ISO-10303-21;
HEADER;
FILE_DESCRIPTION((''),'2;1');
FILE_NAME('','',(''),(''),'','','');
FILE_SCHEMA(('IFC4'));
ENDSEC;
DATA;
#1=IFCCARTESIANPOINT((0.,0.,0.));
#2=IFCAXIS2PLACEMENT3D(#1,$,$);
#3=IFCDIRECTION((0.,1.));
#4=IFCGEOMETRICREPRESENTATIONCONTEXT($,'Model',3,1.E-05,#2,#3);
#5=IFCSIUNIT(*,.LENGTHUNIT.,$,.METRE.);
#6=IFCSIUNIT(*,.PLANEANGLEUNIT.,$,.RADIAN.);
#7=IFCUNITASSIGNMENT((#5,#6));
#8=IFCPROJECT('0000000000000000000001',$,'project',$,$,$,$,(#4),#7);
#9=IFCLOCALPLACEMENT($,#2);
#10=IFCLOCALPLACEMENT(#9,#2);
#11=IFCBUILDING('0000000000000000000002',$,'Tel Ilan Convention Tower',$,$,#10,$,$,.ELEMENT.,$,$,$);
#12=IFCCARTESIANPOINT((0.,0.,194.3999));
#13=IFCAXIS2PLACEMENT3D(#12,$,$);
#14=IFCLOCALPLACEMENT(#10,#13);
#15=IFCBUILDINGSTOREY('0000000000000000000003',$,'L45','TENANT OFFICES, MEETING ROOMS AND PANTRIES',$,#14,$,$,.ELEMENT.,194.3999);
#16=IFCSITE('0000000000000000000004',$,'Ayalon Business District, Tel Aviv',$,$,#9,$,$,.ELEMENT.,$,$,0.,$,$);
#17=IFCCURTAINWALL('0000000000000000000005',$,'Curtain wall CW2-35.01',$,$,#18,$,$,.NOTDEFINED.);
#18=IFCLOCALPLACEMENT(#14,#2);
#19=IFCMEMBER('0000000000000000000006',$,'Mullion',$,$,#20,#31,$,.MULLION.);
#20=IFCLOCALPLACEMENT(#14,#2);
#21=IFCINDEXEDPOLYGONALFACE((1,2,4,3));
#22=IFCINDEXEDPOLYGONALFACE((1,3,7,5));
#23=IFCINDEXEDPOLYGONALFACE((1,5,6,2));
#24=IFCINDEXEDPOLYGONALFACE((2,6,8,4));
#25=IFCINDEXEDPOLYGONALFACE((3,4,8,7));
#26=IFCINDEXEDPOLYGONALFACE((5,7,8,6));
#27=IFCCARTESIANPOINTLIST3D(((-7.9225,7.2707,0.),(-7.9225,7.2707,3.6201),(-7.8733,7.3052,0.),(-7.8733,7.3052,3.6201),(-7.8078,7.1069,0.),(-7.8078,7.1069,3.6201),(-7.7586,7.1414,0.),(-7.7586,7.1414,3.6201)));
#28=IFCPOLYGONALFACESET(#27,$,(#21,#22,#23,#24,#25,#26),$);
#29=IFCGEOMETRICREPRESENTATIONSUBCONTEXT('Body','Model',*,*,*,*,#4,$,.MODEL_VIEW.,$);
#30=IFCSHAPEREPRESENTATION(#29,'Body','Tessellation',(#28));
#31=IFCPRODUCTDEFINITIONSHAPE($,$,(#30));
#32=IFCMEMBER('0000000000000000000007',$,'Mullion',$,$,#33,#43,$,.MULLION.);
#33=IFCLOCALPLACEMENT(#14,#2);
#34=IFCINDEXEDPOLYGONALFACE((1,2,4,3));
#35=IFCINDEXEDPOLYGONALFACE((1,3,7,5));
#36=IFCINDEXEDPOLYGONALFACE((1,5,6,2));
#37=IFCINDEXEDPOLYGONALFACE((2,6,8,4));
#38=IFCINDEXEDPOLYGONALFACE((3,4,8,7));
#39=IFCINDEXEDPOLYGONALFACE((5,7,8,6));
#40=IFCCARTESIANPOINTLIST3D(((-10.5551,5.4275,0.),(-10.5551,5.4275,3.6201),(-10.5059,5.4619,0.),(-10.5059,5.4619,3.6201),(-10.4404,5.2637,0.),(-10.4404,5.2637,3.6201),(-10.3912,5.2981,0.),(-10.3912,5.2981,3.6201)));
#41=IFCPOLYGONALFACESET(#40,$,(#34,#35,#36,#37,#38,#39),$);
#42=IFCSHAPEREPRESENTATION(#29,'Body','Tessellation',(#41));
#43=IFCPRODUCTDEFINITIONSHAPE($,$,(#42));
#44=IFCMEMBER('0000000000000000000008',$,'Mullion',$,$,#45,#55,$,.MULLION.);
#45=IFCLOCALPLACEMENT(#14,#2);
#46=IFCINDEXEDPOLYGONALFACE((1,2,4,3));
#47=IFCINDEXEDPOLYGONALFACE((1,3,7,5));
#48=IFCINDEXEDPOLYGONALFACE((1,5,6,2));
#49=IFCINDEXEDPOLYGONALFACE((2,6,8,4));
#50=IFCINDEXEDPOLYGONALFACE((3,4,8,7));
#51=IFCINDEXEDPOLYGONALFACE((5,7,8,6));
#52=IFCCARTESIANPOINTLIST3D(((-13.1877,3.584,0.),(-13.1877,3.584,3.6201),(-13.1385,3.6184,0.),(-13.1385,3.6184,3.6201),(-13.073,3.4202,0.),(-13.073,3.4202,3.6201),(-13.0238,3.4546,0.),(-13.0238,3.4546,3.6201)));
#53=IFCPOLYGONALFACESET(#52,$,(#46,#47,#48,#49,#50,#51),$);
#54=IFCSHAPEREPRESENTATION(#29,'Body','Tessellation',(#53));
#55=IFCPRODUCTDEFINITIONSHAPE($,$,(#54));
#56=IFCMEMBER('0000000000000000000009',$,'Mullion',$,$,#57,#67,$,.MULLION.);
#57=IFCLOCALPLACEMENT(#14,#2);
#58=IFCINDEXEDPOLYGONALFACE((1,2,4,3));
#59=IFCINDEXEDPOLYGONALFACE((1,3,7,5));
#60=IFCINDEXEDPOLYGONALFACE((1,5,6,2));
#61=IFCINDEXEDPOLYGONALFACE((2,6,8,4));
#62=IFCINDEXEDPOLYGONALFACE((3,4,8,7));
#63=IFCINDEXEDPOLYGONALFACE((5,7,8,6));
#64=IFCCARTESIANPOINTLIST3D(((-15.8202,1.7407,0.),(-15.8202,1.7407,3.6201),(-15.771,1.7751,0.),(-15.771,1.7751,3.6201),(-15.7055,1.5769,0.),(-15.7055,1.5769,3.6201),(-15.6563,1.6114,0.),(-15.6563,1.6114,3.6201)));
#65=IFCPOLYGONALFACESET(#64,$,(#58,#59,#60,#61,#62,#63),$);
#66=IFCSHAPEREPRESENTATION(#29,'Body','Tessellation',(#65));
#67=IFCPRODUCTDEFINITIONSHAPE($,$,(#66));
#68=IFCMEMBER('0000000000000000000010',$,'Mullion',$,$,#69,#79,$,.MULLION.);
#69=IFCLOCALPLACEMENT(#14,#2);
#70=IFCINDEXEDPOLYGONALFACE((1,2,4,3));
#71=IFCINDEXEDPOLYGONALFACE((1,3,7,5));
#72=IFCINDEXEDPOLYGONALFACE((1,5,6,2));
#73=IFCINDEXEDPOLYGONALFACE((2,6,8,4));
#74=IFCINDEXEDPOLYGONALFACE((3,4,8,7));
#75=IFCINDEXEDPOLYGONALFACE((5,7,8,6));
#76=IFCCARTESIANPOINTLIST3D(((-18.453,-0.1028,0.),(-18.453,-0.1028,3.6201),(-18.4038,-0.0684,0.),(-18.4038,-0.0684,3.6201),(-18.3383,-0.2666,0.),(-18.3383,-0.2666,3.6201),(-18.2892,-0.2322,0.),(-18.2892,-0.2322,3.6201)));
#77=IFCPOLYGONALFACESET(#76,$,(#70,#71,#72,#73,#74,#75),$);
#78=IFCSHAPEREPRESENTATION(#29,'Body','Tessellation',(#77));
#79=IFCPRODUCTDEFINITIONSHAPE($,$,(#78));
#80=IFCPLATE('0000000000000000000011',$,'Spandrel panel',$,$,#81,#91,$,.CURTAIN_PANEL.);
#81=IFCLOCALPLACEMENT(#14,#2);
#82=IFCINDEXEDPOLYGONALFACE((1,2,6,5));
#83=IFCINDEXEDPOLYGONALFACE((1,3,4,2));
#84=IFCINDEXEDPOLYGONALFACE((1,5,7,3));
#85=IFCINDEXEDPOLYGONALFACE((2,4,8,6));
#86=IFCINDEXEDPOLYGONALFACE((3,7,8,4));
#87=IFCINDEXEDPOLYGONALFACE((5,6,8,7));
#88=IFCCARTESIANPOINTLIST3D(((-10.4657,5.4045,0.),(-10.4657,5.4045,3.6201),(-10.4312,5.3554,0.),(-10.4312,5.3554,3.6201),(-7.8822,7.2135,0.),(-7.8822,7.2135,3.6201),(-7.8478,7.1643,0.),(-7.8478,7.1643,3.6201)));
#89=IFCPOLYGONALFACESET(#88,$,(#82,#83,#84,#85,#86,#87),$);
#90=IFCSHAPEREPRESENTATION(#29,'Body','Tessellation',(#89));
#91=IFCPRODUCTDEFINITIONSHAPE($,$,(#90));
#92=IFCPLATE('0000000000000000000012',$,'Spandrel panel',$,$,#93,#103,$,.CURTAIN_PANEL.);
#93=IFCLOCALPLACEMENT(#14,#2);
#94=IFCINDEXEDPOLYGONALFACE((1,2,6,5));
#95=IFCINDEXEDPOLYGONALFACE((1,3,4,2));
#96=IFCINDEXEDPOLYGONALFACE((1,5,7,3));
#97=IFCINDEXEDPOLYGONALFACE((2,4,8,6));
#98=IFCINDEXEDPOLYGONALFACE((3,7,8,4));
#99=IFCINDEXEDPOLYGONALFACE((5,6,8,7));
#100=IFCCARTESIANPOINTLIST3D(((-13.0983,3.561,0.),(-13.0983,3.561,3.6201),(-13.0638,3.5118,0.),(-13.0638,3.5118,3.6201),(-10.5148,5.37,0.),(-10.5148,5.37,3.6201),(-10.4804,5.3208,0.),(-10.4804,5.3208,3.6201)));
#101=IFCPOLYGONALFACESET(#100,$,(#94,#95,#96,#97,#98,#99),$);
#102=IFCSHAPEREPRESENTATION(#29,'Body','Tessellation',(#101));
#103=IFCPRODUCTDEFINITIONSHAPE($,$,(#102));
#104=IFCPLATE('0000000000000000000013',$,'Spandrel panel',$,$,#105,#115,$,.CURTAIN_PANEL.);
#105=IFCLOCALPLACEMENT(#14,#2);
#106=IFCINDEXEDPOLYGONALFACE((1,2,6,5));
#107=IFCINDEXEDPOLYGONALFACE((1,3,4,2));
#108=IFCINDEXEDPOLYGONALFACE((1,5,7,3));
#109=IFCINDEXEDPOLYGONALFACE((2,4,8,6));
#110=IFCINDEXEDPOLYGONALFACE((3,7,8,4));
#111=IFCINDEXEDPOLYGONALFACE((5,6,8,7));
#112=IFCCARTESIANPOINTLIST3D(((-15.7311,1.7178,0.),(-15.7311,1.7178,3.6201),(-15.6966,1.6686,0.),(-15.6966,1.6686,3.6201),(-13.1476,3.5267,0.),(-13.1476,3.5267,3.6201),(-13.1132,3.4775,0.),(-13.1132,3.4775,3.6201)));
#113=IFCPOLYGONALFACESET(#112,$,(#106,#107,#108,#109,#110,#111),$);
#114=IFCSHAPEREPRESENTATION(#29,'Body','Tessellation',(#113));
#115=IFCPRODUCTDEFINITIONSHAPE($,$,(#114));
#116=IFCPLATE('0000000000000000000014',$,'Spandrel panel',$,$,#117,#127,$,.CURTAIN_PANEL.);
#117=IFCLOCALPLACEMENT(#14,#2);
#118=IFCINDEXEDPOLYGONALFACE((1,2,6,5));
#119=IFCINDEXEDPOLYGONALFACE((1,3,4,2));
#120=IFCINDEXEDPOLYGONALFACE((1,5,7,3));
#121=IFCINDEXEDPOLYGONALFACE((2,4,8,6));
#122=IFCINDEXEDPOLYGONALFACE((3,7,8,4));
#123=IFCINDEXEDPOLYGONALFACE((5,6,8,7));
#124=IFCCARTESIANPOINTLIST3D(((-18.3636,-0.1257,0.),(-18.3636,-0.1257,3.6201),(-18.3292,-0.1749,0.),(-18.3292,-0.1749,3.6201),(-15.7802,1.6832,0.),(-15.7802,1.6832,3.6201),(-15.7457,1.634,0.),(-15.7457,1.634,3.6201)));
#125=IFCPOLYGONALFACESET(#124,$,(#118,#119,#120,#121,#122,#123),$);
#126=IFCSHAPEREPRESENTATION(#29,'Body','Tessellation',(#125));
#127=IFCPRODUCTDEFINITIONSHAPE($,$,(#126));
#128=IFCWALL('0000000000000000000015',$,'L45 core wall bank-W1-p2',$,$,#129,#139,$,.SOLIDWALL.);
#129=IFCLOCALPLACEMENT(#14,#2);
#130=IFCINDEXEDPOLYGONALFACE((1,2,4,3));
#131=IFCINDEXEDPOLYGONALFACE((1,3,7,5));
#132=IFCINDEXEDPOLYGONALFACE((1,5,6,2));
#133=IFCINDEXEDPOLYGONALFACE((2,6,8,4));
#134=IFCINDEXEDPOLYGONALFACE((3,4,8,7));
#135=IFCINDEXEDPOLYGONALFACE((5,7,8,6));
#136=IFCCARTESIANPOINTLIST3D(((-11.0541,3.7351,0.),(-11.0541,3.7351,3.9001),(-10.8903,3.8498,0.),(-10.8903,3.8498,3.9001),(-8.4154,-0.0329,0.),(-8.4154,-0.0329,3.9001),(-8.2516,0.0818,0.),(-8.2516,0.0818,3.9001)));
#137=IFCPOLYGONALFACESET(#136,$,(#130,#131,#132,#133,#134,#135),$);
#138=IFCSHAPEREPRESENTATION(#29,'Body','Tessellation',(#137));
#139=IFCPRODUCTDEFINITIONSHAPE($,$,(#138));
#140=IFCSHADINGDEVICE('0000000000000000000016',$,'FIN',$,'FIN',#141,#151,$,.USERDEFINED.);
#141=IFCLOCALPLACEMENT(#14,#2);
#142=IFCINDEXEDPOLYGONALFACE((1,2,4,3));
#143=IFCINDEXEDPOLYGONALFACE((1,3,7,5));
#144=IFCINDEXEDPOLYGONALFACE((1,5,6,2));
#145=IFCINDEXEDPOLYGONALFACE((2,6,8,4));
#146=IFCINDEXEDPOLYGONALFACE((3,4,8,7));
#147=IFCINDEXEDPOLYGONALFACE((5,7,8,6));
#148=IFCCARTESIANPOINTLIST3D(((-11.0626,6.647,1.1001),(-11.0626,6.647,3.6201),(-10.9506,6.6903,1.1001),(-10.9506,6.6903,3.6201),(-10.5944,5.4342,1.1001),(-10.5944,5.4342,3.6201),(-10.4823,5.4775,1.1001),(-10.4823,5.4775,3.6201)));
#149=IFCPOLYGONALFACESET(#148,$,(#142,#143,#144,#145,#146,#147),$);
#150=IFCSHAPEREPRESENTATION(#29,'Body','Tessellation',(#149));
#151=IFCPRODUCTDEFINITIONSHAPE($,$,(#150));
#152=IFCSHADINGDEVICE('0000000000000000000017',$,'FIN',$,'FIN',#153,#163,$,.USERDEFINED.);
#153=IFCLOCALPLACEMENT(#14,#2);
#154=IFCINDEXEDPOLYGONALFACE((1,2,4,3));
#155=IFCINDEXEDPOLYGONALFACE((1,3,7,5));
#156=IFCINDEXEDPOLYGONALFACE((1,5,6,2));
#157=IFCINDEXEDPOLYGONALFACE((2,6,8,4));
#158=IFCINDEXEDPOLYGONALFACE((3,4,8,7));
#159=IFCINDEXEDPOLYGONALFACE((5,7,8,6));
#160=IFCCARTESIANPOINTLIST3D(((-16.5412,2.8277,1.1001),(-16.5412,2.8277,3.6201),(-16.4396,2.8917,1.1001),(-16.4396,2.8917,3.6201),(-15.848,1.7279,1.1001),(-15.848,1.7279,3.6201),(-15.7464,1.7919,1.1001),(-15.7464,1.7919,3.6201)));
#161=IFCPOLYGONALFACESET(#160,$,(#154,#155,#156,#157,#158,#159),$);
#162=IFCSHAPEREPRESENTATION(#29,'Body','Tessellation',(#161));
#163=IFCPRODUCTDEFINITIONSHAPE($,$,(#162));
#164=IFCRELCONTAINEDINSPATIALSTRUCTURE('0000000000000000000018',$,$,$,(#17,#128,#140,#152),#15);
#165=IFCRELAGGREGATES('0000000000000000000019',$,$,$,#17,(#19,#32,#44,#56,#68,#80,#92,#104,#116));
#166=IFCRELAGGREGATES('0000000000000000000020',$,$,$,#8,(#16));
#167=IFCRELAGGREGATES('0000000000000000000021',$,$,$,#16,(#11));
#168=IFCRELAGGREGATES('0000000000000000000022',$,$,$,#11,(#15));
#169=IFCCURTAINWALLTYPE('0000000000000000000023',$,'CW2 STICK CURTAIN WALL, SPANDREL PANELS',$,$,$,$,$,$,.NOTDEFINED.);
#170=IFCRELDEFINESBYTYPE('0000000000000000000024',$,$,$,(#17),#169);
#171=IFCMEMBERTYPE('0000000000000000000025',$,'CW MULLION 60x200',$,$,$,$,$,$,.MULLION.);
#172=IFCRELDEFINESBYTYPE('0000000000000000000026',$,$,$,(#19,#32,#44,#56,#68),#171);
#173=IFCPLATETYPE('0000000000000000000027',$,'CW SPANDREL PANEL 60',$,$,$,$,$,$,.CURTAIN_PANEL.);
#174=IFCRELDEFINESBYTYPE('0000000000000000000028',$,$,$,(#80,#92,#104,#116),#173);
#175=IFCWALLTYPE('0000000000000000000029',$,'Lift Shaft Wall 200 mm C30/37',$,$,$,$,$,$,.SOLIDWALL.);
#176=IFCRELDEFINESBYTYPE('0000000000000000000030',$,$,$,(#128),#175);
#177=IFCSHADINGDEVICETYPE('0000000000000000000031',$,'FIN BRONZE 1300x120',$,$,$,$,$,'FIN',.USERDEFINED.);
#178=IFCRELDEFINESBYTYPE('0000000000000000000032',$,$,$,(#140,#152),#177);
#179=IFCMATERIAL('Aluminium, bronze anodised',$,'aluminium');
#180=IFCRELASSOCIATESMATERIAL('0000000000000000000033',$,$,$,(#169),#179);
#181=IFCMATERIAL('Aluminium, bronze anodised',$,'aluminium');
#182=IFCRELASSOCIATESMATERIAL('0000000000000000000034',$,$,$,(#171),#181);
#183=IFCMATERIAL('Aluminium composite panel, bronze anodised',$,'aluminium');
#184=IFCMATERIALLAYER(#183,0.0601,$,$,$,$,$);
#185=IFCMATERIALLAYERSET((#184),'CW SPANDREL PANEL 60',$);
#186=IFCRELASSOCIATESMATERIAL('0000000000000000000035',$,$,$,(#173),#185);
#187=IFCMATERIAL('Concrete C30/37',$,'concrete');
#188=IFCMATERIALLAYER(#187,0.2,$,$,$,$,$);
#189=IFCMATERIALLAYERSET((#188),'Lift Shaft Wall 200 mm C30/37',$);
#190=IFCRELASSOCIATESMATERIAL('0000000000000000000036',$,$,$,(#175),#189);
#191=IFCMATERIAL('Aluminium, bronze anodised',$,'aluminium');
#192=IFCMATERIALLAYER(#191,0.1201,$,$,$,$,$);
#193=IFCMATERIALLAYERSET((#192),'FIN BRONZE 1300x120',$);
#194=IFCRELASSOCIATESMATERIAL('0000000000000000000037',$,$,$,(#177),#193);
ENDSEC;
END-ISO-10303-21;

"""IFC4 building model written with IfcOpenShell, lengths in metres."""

from ifc_helpers import new_model, si_unit, direction, frame, frame_2d, origin, origin_2d, place, context, subcontext, project, spatial, rectangle, extrude, material, layer, layer_set, material_profile, profile_set, type_object, element, aggregate, save


model = new_model("IFC4")

# Units and contexts
model_context = context("Model", 3, precision=1e-05, world=origin(), true_north=direction((0.0, 1.0)))
body_context = subcontext(model_context, "Body", "Model", "MODEL_VIEW")
ifc_project = project(units=[si_unit("LENGTHUNIT", "METRE"), si_unit("PLANEANGLEUNIT", "RADIAN")], contexts=[model_context])

# Site, building, storey
site_placement = place(None, origin())
site = spatial("IfcSite", under=ifc_project, at=site_placement, Name="Ayalon Business District, Tel Aviv", CompositionType="ELEMENT", RefElevation=0.0)
building_placement = place(site_placement, origin())
building = spatial("IfcBuilding", under=site, at=building_placement, Name="Tel Ilan Convention Tower", CompositionType="ELEMENT")
storey_placement = place(building_placement, frame((0.0, 0.0, 194.3999)))
storey = spatial("IfcBuildingStorey", under=building, at=storey_placement, Name="L45", Description="TENANT OFFICES, MEETING ROOMS AND PANTRIES", CompositionType="ELEMENT", Elevation=194.3999)

# Curtain wall, members, plates
ifc_material_1 = material(Name="Aluminium, bronze anodised", Category="aluminium")
curtain_wall_type = type_object("IfcCurtainWallType", Name="CW2 STICK CURTAIN WALL, SPANDREL PANELS", PredefinedType="NOTDEFINED", material=ifc_material_1)
curtain_wall_placement = place(storey_placement, origin())
curtain_wall = element("IfcCurtainWall", 1, at=curtain_wall_placement, inside=storey, type_object=curtain_wall_type, Name="Curtain wall CW2-35.01", PredefinedType="NOTDEFINED")
ifc_material_2 = material(Name="Aluminium, bronze anodised", Category="aluminium")
ifc_material_profile = material_profile(ifc_material_2, rectangle(XDim=0.0601, YDim=0.2, at=origin_2d()), Name="CW MULLION 60x200")
ifc_profile_set = profile_set([ifc_material_profile], Name="Aluminium, bronze anodised")
member_type = type_object("IfcMemberType", Name="CW MULLION 60x200", PredefinedType="MULLION", material=ifc_profile_set)
member_1_placement = place(storey_placement, frame((-7.8406, 7.2061, 0.0), z_axis=(0.0, 0.0, 1.0), x_axis=(-0.819152, -0.573576, 0.0)))
member_1 = element("IfcMember", 2, at=member_1_placement, type_object=member_type, Name="Mullion", PredefinedType="MULLION", context=body_context, shape_type="SweptSolid", body=[
    extrude(rectangle(XDim=0.0601, YDim=0.2, at=origin_2d()), origin(), (0.0, 0.0, 1.0), 3.6201),
])
member_2_placement = place(storey_placement, frame((-10.4731, 5.3628, 0.0), z_axis=(0.0, 0.0, 1.0), x_axis=(-0.819152, -0.573576, 0.0)))
member_2 = element("IfcMember", 3, at=member_2_placement, type_object=member_type, Name="Mullion", PredefinedType="MULLION", context=body_context, shape_type="SweptSolid", body=[
    extrude(rectangle(XDim=0.0601, YDim=0.2, at=origin_2d()), origin(), (0.0, 0.0, 1.0), 3.6201),
])
member_3_placement = place(storey_placement, frame((-13.1057, 3.5193, 0.0), z_axis=(0.0, 0.0, 1.0), x_axis=(-0.819152, -0.573576, 0.0)))
member_3 = element("IfcMember", 4, at=member_3_placement, type_object=member_type, Name="Mullion", PredefinedType="MULLION", context=body_context, shape_type="SweptSolid", body=[
    extrude(rectangle(XDim=0.0601, YDim=0.2, at=origin_2d()), origin(), (0.0, 0.0, 1.0), 3.6201),
])
member_4_placement = place(storey_placement, frame((-15.7383, 1.676, 0.0), z_axis=(0.0, 0.0, 1.0), x_axis=(-0.819152, -0.573576, 0.0)))
member_4 = element("IfcMember", 5, at=member_4_placement, type_object=member_type, Name="Mullion", PredefinedType="MULLION", context=body_context, shape_type="SweptSolid", body=[
    extrude(rectangle(XDim=0.0601, YDim=0.2, at=origin_2d()), origin(), (0.0, 0.0, 1.0), 3.6201),
])
member_5_placement = place(storey_placement, frame((-18.3711, -0.1675, 0.0), z_axis=(0.0, 0.0, 1.0), x_axis=(-0.819152, -0.573576, 0.0)))
member_5 = element("IfcMember", 6, at=member_5_placement, type_object=member_type, Name="Mullion", PredefinedType="MULLION", context=body_context, shape_type="SweptSolid", body=[
    extrude(rectangle(XDim=0.0601, YDim=0.2, at=origin_2d()), origin(), (0.0, 0.0, 1.0), 3.6201),
])
ifc_material_3 = material(Name="Aluminium composite panel, bronze anodised", Category="aluminium")
ifc_layer_1 = layer(ifc_material_3, 0.0601)
ifc_layer_set_1 = layer_set([ifc_layer_1], Name="CW SPANDREL PANEL 60")
plate_type = type_object("IfcPlateType", Name="CW SPANDREL PANEL 60", PredefinedType="CURTAIN_PANEL", material=ifc_layer_set_1)
plate_1_placement = place(storey_placement, frame((-9.1567, 6.2844, 0.0), z_axis=(0.0, 0.0, 1.0), x_axis=(-0.819152, -0.573576, 0.0)))
plate_1 = element("IfcPlate", 7, at=plate_1_placement, type_object=plate_type, Name="Spandrel panel", PredefinedType="CURTAIN_PANEL", context=body_context, shape_type="SweptSolid", body=[
    extrude(rectangle(XDim=3.1538, YDim=0.0601, at=origin_2d()), origin(), (0.0, 0.0, 1.0), 3.6201),
])
plate_2_placement = place(storey_placement, frame((-11.7893, 4.4409, 0.0), z_axis=(0.0, 0.0, 1.0), x_axis=(-0.819152, -0.573576, 0.0)))
plate_2 = element("IfcPlate", 8, at=plate_2_placement, type_object=plate_type, Name="Spandrel panel", PredefinedType="CURTAIN_PANEL", context=body_context, shape_type="SweptSolid", body=[
    extrude(rectangle(XDim=3.1538, YDim=0.0601, at=origin_2d()), origin(), (0.0, 0.0, 1.0), 3.6201),
])
plate_3_placement = place(storey_placement, frame((-14.4221, 2.5977, 0.0), z_axis=(0.0, 0.0, 1.0), x_axis=(-0.819152, -0.573576, 0.0)))
plate_3 = element("IfcPlate", 9, at=plate_3_placement, type_object=plate_type, Name="Spandrel panel", PredefinedType="CURTAIN_PANEL", context=body_context, shape_type="SweptSolid", body=[
    extrude(rectangle(XDim=3.1538, YDim=0.0601, at=origin_2d()), origin(), (0.0, 0.0, 1.0), 3.6201),
])
plate_4_placement = place(storey_placement, frame((-17.0547, 0.7542, 0.0), z_axis=(0.0, 0.0, 1.0), x_axis=(-0.819152, -0.573576, 0.0)))
plate_4 = element("IfcPlate", 10, at=plate_4_placement, type_object=plate_type, Name="Spandrel panel", PredefinedType="CURTAIN_PANEL", context=body_context, shape_type="SweptSolid", body=[
    extrude(rectangle(XDim=3.1538, YDim=0.0601, at=origin_2d()), origin(), (0.0, 0.0, 1.0), 3.6201),
])
aggregate(curtain_wall, [member_1, member_2, member_3, member_4, member_5, plate_1, plate_2, plate_3, plate_4])

# Wall
ifc_material_4 = material(Name="Concrete C30/37", Category="concrete")
ifc_layer_2 = layer(ifc_material_4, 0.2)
ifc_layer_set_2 = layer_set([ifc_layer_2], Name="Lift Shaft Wall 200 mm C30/37")
wall_type = type_object("IfcWallType", Name="Lift Shaft Wall 200 mm C30/37", PredefinedType="SOLIDWALL", material=ifc_layer_set_2)
wall_placement = place(storey_placement, frame((-8.3335, 0.0244, 0.0), z_axis=(0.0, 0.0, 1.0), x_axis=(-0.573612, 0.819127, 0.0)))
element("IfcWall", 11, at=wall_placement, inside=storey, type_object=wall_type, Name="L45 core wall bank-W1-p2", PredefinedType="SOLIDWALL", context=body_context, shape_type="SweptSolid", body=[
    extrude(rectangle(XDim=4.6001, YDim=0.2, at=frame_2d((2.3, 0.0))), origin(), (0.0, 0.0, 1.0), 3.9001),
])

# Shading devices
ifc_material_5 = material(Name="Aluminium, bronze anodised", Category="aluminium")
ifc_layer_3 = layer(ifc_material_5, 0.1201)
ifc_layer_set_3 = layer_set([ifc_layer_3], Name="FIN BRONZE 1300x120")
shading_device_type = type_object("IfcShadingDeviceType", Name="FIN BRONZE 1300x120", ElementType="FIN", PredefinedType="USERDEFINED", material=ifc_layer_set_3)
for number, where, z_axis, x_axis, name in (
    (12, (-10.7725, 6.0623, 1.1001), (0.0, 0.0, 1.0), (-0.360178, 0.932884, 0.0), "FIN"),
    (13, (-16.1438, 2.3098, 1.1001), (0.0, 0.0, 1.0), (-0.533204, 0.845986, 0.0), "FIN"),
):
    element("IfcShadingDevice", number, at=place(storey_placement, frame(where, z_axis=z_axis, x_axis=x_axis)), inside=storey, type_object=shading_device_type, Name=name, ObjectType="FIN", PredefinedType="USERDEFINED", context=body_context, shape_type="SweptSolid", body=[
        extrude(rectangle(XDim=1.3, YDim=0.1201, at=origin_2d()), origin(), (0.0, 0.0, 1.0), 2.52),
    ])

save(model, "model.ifc")
